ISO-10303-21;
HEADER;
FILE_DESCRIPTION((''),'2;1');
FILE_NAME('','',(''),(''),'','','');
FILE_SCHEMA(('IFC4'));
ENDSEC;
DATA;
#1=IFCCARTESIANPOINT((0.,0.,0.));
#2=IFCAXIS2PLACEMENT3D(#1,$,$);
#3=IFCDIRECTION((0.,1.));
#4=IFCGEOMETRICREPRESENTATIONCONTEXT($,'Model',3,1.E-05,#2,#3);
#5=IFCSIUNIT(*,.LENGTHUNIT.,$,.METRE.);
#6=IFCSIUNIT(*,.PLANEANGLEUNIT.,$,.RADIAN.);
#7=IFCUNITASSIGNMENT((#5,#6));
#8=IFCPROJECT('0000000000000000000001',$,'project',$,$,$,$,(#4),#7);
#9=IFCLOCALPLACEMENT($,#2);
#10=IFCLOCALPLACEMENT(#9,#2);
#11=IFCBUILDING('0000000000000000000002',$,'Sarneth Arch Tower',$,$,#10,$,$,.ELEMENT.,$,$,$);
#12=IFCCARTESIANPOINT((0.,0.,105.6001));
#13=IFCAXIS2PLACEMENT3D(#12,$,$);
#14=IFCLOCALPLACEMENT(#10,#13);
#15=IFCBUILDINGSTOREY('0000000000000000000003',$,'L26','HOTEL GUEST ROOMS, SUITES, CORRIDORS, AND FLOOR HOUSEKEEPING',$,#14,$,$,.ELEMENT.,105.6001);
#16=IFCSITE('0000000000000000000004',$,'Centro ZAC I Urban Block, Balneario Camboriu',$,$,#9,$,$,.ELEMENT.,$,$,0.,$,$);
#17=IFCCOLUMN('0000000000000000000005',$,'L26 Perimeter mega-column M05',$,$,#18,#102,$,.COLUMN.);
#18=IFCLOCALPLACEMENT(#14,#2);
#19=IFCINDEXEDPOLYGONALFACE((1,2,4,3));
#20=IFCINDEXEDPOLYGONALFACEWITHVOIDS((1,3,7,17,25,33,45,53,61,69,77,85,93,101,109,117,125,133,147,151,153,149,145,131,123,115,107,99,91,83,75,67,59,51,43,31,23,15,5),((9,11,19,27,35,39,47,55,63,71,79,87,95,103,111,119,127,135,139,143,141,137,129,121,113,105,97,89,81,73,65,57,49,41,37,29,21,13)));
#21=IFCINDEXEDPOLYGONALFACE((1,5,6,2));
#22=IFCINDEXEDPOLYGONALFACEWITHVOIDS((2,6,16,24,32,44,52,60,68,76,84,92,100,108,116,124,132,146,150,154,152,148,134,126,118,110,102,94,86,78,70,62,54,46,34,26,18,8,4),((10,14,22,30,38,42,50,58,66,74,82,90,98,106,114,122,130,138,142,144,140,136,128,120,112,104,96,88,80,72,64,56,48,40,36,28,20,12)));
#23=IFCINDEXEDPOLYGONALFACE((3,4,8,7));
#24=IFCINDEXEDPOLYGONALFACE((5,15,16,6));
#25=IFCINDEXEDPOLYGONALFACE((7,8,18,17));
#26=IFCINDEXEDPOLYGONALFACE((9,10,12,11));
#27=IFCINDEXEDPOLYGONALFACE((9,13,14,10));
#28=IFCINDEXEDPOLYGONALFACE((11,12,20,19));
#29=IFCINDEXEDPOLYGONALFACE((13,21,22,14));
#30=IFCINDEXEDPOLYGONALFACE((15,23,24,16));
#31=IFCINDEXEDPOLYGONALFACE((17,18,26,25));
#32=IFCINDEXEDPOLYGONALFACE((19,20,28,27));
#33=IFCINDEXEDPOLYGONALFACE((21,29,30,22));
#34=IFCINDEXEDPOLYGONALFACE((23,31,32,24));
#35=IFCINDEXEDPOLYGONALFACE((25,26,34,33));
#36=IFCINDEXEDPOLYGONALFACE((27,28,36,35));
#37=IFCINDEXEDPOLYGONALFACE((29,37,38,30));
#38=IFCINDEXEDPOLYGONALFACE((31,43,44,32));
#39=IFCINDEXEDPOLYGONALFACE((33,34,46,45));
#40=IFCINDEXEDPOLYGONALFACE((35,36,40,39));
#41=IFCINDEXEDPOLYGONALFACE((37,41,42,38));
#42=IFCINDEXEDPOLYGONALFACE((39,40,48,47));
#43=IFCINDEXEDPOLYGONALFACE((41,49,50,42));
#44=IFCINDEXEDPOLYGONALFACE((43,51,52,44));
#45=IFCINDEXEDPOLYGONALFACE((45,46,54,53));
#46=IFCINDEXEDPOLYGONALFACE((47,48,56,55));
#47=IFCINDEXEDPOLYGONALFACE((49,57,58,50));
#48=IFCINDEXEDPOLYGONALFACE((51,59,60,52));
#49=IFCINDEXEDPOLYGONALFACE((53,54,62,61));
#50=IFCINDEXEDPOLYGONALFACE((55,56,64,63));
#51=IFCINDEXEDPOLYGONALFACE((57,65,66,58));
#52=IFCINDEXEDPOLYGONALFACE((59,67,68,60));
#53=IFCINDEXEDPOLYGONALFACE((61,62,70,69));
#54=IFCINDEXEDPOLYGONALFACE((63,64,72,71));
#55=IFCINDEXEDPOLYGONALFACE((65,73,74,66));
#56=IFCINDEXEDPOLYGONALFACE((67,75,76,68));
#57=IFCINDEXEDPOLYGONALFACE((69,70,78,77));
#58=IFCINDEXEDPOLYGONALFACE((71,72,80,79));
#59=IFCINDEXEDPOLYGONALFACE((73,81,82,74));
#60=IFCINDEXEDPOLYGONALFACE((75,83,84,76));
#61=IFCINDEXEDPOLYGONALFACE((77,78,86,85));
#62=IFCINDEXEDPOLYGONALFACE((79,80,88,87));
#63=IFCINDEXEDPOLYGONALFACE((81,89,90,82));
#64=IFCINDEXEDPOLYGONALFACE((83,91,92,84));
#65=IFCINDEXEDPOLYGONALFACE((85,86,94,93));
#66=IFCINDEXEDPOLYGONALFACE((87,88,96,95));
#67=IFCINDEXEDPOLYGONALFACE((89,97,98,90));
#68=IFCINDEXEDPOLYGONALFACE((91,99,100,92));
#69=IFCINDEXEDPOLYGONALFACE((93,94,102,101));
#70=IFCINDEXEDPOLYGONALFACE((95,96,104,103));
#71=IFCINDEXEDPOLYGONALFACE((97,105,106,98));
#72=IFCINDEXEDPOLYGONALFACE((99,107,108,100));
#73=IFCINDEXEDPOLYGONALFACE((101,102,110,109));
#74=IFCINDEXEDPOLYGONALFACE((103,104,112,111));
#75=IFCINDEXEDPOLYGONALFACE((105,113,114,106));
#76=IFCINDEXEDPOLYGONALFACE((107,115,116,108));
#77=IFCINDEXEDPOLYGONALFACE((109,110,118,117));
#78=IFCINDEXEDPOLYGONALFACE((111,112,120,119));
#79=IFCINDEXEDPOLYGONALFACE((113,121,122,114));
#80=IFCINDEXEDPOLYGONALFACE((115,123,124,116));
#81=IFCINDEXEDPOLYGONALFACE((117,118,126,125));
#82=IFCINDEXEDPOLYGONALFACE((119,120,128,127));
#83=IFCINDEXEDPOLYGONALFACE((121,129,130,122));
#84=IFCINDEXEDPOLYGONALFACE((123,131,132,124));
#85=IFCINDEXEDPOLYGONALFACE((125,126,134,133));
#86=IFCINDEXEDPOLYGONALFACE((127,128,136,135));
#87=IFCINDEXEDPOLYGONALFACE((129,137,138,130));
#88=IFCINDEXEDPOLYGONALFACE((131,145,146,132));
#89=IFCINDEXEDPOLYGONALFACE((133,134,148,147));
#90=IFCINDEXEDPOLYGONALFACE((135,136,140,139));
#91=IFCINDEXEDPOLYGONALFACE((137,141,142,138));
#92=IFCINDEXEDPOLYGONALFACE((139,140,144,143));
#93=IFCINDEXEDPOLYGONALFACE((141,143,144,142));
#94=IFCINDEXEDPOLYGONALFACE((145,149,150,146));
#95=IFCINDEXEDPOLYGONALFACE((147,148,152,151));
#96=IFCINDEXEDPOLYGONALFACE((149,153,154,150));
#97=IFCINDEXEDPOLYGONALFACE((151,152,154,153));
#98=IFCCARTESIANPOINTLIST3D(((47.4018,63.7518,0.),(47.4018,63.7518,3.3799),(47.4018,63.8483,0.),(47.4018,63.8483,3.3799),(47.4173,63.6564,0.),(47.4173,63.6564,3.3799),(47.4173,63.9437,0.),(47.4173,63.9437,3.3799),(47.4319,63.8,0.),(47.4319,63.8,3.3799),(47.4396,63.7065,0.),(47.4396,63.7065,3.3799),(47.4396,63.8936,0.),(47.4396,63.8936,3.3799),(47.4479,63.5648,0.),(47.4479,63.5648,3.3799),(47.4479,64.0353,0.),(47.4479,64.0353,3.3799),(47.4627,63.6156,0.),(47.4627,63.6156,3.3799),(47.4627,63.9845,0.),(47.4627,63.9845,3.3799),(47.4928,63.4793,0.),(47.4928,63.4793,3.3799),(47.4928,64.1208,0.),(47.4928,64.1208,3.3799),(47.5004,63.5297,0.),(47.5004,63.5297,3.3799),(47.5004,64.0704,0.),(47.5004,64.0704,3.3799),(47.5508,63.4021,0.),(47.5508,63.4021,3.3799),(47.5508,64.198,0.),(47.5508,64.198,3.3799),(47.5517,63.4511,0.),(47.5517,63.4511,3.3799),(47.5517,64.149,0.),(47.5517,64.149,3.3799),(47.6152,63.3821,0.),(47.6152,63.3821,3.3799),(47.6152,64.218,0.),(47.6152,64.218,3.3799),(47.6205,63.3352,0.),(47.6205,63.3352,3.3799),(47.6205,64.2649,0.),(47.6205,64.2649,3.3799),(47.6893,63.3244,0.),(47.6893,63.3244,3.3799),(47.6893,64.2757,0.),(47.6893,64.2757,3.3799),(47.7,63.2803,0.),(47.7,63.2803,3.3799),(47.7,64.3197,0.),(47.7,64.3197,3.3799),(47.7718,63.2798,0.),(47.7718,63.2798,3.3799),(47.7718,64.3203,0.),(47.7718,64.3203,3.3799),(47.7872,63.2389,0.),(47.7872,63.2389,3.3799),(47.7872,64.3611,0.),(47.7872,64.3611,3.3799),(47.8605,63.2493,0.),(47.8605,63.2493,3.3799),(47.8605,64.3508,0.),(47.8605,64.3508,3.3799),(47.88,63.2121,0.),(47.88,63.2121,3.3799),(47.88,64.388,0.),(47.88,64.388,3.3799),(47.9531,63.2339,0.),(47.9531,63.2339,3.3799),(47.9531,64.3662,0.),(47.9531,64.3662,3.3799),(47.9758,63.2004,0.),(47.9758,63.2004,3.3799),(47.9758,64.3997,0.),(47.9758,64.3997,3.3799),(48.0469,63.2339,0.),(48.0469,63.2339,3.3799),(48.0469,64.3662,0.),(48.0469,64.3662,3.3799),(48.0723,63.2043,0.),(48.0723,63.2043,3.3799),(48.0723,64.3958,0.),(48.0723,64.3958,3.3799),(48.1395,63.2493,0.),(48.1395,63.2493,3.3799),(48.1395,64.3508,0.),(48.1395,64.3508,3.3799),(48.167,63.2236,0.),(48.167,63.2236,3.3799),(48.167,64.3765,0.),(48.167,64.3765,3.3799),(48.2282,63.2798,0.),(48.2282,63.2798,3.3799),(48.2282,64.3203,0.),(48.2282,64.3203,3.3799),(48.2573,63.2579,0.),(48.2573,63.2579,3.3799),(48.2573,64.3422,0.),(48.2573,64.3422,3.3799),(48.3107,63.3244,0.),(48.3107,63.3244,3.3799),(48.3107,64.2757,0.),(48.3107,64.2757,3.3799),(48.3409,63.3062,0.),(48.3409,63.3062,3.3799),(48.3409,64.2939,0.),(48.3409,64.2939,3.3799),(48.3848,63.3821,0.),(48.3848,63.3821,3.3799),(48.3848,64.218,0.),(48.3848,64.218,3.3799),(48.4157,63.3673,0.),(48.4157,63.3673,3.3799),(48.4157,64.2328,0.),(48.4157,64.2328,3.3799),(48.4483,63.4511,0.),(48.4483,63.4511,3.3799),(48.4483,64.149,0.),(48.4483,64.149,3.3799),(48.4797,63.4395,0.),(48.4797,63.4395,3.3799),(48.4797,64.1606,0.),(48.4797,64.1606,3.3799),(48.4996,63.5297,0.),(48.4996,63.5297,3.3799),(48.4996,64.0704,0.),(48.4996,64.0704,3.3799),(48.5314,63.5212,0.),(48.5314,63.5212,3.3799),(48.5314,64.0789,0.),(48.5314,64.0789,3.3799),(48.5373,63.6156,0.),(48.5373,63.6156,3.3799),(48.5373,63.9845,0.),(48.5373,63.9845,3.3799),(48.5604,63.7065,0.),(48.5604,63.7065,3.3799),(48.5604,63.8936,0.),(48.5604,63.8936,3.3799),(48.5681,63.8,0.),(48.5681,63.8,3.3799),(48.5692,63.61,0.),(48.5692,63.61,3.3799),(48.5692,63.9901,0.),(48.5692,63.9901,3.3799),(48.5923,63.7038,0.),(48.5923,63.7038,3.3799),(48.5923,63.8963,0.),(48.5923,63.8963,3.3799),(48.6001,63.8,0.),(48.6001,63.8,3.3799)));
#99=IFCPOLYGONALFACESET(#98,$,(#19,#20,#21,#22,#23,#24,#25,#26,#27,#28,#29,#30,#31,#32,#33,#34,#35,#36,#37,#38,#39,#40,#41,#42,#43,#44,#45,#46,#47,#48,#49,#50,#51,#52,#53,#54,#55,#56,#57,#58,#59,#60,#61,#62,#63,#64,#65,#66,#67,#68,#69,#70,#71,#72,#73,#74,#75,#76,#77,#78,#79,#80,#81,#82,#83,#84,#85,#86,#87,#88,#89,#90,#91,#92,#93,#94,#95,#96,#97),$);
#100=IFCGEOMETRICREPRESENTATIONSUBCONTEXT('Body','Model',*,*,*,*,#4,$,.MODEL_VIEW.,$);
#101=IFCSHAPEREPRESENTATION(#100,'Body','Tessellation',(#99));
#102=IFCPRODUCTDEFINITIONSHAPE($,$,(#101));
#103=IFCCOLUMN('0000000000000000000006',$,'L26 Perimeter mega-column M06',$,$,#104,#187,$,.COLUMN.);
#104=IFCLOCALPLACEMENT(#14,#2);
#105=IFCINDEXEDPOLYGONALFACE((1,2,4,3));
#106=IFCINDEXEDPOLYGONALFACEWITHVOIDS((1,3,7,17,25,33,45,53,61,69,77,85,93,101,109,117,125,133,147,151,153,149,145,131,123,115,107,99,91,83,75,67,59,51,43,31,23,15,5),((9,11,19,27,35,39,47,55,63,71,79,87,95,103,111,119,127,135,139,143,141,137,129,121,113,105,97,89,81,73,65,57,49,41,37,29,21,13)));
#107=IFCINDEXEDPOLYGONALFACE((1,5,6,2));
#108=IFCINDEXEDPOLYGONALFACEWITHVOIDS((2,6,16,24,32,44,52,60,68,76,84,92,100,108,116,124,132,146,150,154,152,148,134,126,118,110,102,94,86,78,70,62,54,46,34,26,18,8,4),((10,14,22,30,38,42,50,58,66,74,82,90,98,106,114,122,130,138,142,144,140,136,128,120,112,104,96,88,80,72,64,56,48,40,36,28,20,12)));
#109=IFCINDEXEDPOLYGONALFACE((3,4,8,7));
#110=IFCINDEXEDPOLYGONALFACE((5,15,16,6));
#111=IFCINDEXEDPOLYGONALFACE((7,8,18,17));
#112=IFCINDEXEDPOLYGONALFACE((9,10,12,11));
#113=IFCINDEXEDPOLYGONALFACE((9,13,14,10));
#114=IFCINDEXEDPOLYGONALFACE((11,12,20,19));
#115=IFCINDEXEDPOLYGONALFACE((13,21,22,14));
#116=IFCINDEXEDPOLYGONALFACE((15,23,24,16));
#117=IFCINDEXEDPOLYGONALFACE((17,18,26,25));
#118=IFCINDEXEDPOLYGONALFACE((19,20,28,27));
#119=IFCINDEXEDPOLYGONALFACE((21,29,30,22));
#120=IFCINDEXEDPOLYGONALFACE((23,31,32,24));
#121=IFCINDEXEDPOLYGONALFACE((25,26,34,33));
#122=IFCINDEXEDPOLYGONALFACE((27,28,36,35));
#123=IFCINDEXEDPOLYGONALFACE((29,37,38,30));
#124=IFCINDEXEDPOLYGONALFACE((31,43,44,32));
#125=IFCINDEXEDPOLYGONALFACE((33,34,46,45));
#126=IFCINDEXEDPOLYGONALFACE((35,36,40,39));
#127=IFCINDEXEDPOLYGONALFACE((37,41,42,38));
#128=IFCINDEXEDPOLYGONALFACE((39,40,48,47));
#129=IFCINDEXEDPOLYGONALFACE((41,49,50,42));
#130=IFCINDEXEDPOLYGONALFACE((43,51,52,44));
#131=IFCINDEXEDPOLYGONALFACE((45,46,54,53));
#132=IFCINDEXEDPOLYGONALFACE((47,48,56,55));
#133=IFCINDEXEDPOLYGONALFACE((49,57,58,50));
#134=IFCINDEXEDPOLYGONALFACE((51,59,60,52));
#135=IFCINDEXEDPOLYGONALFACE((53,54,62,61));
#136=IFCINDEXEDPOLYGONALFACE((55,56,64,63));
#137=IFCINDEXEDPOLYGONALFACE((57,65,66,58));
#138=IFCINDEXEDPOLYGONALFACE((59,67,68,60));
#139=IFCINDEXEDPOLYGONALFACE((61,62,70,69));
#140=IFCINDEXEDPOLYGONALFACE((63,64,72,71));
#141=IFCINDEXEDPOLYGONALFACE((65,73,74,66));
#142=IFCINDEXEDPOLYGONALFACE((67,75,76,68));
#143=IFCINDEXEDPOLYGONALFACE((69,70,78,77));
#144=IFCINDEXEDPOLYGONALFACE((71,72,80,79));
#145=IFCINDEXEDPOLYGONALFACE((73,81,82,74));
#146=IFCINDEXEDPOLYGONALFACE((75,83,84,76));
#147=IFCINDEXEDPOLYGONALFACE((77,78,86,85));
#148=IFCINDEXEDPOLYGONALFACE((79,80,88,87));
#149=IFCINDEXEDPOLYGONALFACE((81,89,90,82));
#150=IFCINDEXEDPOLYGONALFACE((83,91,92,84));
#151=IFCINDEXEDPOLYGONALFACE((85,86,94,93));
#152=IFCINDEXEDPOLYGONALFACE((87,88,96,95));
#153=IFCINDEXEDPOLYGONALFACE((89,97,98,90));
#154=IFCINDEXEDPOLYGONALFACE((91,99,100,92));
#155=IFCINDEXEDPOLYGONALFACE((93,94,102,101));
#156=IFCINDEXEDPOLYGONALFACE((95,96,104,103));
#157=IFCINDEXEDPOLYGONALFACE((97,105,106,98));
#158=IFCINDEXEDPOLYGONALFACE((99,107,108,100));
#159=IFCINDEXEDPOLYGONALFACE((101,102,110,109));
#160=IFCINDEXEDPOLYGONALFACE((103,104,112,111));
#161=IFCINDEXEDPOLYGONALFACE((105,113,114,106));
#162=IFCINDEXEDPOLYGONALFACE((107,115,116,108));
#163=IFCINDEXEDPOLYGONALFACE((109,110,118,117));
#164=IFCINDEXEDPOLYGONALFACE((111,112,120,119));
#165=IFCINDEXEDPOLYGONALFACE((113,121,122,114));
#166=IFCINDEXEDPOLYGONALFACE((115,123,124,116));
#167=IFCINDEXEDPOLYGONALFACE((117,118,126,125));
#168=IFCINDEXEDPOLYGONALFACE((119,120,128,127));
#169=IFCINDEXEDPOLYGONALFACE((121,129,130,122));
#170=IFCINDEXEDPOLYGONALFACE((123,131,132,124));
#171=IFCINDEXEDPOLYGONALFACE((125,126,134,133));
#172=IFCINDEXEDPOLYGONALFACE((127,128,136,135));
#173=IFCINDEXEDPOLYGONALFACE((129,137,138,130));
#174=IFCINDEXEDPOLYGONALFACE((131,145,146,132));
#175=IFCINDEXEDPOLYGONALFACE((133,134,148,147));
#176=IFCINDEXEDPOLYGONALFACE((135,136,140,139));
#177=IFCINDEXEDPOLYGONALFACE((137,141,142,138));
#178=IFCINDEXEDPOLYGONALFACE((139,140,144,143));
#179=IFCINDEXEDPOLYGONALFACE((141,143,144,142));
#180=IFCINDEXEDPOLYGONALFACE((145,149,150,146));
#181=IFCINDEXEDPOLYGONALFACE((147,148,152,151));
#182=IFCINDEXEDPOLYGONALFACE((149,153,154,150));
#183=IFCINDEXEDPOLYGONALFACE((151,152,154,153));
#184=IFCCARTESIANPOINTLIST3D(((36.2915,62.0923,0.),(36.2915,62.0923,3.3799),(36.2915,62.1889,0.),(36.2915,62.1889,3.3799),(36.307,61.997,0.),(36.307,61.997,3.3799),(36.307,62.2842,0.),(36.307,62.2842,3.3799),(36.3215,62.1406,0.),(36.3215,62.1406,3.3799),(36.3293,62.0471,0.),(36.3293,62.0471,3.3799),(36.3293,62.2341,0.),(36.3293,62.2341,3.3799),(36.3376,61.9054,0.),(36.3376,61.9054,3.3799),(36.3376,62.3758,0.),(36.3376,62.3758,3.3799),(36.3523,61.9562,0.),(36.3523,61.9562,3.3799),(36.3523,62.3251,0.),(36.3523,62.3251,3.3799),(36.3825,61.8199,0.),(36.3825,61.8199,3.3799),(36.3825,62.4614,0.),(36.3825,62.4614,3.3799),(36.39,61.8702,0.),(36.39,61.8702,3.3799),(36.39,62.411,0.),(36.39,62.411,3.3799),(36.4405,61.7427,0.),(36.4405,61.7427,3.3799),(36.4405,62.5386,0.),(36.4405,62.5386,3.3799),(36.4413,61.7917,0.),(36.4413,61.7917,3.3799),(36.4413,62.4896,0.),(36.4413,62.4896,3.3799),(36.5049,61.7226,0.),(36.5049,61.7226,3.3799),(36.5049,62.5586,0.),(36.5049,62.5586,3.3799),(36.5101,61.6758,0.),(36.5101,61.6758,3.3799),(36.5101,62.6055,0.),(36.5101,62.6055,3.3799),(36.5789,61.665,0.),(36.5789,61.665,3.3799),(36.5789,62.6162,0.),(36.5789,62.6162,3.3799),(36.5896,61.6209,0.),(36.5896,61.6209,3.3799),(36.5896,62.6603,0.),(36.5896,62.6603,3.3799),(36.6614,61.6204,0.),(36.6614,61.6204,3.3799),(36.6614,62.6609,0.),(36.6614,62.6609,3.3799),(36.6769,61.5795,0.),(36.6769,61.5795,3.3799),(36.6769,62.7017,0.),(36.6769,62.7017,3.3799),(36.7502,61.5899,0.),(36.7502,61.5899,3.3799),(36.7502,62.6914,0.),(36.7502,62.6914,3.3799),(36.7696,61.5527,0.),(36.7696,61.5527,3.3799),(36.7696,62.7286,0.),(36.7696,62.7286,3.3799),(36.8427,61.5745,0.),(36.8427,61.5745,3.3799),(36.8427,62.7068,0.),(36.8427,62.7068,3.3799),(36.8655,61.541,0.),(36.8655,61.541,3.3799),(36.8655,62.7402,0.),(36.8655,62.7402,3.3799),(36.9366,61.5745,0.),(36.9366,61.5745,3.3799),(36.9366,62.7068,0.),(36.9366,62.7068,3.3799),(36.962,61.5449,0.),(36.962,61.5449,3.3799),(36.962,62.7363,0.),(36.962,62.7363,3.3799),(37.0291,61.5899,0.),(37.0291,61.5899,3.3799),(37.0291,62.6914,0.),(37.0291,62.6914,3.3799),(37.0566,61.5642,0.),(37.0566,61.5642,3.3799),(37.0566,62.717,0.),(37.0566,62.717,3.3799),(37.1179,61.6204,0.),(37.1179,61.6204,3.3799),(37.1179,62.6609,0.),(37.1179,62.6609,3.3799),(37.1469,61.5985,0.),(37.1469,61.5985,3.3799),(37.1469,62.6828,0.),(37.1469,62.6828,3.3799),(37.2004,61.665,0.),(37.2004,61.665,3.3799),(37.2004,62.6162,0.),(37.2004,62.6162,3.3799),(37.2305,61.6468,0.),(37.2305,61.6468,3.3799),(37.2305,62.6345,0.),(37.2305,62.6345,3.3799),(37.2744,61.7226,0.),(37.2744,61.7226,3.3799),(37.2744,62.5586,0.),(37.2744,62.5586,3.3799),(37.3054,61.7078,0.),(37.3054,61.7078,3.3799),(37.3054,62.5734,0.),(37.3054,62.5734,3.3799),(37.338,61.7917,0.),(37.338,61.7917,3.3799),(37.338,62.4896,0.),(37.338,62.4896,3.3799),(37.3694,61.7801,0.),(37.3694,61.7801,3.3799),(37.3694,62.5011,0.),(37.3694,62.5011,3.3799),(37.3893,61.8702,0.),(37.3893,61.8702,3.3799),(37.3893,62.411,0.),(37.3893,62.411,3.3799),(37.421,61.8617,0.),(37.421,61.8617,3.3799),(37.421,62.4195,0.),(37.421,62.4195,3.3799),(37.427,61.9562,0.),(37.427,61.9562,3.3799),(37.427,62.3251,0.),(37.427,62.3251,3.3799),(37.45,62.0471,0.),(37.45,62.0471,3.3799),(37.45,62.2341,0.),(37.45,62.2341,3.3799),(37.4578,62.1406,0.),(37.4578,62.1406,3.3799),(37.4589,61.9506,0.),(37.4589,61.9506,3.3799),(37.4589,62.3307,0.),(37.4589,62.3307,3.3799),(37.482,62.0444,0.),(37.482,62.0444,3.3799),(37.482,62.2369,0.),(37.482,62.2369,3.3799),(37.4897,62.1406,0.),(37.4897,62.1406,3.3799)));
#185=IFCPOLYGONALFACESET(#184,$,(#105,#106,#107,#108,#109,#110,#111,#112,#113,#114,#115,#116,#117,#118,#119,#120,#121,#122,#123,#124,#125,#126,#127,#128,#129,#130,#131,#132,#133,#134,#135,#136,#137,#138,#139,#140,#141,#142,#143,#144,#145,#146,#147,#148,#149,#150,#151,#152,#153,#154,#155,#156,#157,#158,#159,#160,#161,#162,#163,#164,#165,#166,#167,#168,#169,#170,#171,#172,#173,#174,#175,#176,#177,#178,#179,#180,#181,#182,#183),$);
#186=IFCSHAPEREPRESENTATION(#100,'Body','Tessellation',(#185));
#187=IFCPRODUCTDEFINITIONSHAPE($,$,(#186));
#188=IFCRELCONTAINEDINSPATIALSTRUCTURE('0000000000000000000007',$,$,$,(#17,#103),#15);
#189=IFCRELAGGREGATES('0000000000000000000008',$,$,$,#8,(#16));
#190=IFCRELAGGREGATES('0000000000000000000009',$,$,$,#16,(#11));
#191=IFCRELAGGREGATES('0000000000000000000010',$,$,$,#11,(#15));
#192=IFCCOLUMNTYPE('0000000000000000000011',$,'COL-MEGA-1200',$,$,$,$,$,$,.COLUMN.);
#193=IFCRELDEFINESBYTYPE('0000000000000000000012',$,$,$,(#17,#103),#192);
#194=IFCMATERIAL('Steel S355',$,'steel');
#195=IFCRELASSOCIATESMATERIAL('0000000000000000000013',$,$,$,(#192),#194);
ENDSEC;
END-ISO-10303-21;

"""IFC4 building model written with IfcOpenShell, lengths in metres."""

from ifc_helpers import new_model, si_unit, direction, frame, origin, origin_2d, place, context, subcontext, project, spatial, hollow_circle, extrude, material, material_profile, profile_set, type_object, element, save


model = new_model("IFC4")

# Units and contexts
model_context = context("Model", 3, precision=1e-05, world=origin(), true_north=direction((0.0, 1.0)))
body_context = subcontext(model_context, "Body", "Model", "MODEL_VIEW")
ifc_project = project(units=[si_unit("LENGTHUNIT", "METRE"), si_unit("PLANEANGLEUNIT", "RADIAN")], contexts=[model_context])

# Site, building, storey
site_placement = place(None, origin())
site = spatial("IfcSite", under=ifc_project, at=site_placement, Name="Centro ZAC I Urban Block, Balneario Camboriu", CompositionType="ELEMENT", RefElevation=0.0)
building_placement = place(site_placement, origin())
building = spatial("IfcBuilding", under=site, at=building_placement, Name="Sarneth Arch Tower", CompositionType="ELEMENT")
storey_placement = place(building_placement, frame((0.0, 0.0, 105.6001)))
storey = spatial("IfcBuildingStorey", under=building, at=storey_placement, Name="L26", Description="HOTEL GUEST ROOMS, SUITES, CORRIDORS, AND FLOOR HOUSEKEEPING", CompositionType="ELEMENT", Elevation=105.6001)

# Columns
ifc_material_1 = material(Name="Steel S355", Category="steel")
ifc_material_profile_1 = material_profile(ifc_material_1, hollow_circle(Radius=0.6001, WallThickness=0.032, at=origin_2d()), Name="CHS1200x32")
ifc_profile_set_1 = profile_set([ifc_material_profile_1], Name="Steel S355")
column_type = type_object("IfcColumnType", Name="COL-MEGA-1200", PredefinedType="COLUMN", material=ifc_profile_set_1)
for number, where, z_axis, x_axis, name in (
    (1, (48.0, 63.8, 0.0), (0.0, 0.0, 1.0), (1.0, 0.0, 0.0), "L26 Perimeter mega-column M05"),
    (2, (36.8896, 62.1406, 0.0), (0.0, 0.0, 1.0), (1.0, 0.0, 0.0), "L26 Perimeter mega-column M06"),
):
    element("IfcColumn", number, at=place(storey_placement, frame(where, z_axis=z_axis, x_axis=x_axis)), inside=storey, type_object=column_type, Name=name, PredefinedType="COLUMN", context=body_context, shape_type="SweptSolid", body=[
        extrude(hollow_circle(Radius=0.6001, WallThickness=0.032, at=origin_2d()), origin(), (0.0, 0.0, 1.0), 3.3799),
    ])

save(model, "model.ifc")
